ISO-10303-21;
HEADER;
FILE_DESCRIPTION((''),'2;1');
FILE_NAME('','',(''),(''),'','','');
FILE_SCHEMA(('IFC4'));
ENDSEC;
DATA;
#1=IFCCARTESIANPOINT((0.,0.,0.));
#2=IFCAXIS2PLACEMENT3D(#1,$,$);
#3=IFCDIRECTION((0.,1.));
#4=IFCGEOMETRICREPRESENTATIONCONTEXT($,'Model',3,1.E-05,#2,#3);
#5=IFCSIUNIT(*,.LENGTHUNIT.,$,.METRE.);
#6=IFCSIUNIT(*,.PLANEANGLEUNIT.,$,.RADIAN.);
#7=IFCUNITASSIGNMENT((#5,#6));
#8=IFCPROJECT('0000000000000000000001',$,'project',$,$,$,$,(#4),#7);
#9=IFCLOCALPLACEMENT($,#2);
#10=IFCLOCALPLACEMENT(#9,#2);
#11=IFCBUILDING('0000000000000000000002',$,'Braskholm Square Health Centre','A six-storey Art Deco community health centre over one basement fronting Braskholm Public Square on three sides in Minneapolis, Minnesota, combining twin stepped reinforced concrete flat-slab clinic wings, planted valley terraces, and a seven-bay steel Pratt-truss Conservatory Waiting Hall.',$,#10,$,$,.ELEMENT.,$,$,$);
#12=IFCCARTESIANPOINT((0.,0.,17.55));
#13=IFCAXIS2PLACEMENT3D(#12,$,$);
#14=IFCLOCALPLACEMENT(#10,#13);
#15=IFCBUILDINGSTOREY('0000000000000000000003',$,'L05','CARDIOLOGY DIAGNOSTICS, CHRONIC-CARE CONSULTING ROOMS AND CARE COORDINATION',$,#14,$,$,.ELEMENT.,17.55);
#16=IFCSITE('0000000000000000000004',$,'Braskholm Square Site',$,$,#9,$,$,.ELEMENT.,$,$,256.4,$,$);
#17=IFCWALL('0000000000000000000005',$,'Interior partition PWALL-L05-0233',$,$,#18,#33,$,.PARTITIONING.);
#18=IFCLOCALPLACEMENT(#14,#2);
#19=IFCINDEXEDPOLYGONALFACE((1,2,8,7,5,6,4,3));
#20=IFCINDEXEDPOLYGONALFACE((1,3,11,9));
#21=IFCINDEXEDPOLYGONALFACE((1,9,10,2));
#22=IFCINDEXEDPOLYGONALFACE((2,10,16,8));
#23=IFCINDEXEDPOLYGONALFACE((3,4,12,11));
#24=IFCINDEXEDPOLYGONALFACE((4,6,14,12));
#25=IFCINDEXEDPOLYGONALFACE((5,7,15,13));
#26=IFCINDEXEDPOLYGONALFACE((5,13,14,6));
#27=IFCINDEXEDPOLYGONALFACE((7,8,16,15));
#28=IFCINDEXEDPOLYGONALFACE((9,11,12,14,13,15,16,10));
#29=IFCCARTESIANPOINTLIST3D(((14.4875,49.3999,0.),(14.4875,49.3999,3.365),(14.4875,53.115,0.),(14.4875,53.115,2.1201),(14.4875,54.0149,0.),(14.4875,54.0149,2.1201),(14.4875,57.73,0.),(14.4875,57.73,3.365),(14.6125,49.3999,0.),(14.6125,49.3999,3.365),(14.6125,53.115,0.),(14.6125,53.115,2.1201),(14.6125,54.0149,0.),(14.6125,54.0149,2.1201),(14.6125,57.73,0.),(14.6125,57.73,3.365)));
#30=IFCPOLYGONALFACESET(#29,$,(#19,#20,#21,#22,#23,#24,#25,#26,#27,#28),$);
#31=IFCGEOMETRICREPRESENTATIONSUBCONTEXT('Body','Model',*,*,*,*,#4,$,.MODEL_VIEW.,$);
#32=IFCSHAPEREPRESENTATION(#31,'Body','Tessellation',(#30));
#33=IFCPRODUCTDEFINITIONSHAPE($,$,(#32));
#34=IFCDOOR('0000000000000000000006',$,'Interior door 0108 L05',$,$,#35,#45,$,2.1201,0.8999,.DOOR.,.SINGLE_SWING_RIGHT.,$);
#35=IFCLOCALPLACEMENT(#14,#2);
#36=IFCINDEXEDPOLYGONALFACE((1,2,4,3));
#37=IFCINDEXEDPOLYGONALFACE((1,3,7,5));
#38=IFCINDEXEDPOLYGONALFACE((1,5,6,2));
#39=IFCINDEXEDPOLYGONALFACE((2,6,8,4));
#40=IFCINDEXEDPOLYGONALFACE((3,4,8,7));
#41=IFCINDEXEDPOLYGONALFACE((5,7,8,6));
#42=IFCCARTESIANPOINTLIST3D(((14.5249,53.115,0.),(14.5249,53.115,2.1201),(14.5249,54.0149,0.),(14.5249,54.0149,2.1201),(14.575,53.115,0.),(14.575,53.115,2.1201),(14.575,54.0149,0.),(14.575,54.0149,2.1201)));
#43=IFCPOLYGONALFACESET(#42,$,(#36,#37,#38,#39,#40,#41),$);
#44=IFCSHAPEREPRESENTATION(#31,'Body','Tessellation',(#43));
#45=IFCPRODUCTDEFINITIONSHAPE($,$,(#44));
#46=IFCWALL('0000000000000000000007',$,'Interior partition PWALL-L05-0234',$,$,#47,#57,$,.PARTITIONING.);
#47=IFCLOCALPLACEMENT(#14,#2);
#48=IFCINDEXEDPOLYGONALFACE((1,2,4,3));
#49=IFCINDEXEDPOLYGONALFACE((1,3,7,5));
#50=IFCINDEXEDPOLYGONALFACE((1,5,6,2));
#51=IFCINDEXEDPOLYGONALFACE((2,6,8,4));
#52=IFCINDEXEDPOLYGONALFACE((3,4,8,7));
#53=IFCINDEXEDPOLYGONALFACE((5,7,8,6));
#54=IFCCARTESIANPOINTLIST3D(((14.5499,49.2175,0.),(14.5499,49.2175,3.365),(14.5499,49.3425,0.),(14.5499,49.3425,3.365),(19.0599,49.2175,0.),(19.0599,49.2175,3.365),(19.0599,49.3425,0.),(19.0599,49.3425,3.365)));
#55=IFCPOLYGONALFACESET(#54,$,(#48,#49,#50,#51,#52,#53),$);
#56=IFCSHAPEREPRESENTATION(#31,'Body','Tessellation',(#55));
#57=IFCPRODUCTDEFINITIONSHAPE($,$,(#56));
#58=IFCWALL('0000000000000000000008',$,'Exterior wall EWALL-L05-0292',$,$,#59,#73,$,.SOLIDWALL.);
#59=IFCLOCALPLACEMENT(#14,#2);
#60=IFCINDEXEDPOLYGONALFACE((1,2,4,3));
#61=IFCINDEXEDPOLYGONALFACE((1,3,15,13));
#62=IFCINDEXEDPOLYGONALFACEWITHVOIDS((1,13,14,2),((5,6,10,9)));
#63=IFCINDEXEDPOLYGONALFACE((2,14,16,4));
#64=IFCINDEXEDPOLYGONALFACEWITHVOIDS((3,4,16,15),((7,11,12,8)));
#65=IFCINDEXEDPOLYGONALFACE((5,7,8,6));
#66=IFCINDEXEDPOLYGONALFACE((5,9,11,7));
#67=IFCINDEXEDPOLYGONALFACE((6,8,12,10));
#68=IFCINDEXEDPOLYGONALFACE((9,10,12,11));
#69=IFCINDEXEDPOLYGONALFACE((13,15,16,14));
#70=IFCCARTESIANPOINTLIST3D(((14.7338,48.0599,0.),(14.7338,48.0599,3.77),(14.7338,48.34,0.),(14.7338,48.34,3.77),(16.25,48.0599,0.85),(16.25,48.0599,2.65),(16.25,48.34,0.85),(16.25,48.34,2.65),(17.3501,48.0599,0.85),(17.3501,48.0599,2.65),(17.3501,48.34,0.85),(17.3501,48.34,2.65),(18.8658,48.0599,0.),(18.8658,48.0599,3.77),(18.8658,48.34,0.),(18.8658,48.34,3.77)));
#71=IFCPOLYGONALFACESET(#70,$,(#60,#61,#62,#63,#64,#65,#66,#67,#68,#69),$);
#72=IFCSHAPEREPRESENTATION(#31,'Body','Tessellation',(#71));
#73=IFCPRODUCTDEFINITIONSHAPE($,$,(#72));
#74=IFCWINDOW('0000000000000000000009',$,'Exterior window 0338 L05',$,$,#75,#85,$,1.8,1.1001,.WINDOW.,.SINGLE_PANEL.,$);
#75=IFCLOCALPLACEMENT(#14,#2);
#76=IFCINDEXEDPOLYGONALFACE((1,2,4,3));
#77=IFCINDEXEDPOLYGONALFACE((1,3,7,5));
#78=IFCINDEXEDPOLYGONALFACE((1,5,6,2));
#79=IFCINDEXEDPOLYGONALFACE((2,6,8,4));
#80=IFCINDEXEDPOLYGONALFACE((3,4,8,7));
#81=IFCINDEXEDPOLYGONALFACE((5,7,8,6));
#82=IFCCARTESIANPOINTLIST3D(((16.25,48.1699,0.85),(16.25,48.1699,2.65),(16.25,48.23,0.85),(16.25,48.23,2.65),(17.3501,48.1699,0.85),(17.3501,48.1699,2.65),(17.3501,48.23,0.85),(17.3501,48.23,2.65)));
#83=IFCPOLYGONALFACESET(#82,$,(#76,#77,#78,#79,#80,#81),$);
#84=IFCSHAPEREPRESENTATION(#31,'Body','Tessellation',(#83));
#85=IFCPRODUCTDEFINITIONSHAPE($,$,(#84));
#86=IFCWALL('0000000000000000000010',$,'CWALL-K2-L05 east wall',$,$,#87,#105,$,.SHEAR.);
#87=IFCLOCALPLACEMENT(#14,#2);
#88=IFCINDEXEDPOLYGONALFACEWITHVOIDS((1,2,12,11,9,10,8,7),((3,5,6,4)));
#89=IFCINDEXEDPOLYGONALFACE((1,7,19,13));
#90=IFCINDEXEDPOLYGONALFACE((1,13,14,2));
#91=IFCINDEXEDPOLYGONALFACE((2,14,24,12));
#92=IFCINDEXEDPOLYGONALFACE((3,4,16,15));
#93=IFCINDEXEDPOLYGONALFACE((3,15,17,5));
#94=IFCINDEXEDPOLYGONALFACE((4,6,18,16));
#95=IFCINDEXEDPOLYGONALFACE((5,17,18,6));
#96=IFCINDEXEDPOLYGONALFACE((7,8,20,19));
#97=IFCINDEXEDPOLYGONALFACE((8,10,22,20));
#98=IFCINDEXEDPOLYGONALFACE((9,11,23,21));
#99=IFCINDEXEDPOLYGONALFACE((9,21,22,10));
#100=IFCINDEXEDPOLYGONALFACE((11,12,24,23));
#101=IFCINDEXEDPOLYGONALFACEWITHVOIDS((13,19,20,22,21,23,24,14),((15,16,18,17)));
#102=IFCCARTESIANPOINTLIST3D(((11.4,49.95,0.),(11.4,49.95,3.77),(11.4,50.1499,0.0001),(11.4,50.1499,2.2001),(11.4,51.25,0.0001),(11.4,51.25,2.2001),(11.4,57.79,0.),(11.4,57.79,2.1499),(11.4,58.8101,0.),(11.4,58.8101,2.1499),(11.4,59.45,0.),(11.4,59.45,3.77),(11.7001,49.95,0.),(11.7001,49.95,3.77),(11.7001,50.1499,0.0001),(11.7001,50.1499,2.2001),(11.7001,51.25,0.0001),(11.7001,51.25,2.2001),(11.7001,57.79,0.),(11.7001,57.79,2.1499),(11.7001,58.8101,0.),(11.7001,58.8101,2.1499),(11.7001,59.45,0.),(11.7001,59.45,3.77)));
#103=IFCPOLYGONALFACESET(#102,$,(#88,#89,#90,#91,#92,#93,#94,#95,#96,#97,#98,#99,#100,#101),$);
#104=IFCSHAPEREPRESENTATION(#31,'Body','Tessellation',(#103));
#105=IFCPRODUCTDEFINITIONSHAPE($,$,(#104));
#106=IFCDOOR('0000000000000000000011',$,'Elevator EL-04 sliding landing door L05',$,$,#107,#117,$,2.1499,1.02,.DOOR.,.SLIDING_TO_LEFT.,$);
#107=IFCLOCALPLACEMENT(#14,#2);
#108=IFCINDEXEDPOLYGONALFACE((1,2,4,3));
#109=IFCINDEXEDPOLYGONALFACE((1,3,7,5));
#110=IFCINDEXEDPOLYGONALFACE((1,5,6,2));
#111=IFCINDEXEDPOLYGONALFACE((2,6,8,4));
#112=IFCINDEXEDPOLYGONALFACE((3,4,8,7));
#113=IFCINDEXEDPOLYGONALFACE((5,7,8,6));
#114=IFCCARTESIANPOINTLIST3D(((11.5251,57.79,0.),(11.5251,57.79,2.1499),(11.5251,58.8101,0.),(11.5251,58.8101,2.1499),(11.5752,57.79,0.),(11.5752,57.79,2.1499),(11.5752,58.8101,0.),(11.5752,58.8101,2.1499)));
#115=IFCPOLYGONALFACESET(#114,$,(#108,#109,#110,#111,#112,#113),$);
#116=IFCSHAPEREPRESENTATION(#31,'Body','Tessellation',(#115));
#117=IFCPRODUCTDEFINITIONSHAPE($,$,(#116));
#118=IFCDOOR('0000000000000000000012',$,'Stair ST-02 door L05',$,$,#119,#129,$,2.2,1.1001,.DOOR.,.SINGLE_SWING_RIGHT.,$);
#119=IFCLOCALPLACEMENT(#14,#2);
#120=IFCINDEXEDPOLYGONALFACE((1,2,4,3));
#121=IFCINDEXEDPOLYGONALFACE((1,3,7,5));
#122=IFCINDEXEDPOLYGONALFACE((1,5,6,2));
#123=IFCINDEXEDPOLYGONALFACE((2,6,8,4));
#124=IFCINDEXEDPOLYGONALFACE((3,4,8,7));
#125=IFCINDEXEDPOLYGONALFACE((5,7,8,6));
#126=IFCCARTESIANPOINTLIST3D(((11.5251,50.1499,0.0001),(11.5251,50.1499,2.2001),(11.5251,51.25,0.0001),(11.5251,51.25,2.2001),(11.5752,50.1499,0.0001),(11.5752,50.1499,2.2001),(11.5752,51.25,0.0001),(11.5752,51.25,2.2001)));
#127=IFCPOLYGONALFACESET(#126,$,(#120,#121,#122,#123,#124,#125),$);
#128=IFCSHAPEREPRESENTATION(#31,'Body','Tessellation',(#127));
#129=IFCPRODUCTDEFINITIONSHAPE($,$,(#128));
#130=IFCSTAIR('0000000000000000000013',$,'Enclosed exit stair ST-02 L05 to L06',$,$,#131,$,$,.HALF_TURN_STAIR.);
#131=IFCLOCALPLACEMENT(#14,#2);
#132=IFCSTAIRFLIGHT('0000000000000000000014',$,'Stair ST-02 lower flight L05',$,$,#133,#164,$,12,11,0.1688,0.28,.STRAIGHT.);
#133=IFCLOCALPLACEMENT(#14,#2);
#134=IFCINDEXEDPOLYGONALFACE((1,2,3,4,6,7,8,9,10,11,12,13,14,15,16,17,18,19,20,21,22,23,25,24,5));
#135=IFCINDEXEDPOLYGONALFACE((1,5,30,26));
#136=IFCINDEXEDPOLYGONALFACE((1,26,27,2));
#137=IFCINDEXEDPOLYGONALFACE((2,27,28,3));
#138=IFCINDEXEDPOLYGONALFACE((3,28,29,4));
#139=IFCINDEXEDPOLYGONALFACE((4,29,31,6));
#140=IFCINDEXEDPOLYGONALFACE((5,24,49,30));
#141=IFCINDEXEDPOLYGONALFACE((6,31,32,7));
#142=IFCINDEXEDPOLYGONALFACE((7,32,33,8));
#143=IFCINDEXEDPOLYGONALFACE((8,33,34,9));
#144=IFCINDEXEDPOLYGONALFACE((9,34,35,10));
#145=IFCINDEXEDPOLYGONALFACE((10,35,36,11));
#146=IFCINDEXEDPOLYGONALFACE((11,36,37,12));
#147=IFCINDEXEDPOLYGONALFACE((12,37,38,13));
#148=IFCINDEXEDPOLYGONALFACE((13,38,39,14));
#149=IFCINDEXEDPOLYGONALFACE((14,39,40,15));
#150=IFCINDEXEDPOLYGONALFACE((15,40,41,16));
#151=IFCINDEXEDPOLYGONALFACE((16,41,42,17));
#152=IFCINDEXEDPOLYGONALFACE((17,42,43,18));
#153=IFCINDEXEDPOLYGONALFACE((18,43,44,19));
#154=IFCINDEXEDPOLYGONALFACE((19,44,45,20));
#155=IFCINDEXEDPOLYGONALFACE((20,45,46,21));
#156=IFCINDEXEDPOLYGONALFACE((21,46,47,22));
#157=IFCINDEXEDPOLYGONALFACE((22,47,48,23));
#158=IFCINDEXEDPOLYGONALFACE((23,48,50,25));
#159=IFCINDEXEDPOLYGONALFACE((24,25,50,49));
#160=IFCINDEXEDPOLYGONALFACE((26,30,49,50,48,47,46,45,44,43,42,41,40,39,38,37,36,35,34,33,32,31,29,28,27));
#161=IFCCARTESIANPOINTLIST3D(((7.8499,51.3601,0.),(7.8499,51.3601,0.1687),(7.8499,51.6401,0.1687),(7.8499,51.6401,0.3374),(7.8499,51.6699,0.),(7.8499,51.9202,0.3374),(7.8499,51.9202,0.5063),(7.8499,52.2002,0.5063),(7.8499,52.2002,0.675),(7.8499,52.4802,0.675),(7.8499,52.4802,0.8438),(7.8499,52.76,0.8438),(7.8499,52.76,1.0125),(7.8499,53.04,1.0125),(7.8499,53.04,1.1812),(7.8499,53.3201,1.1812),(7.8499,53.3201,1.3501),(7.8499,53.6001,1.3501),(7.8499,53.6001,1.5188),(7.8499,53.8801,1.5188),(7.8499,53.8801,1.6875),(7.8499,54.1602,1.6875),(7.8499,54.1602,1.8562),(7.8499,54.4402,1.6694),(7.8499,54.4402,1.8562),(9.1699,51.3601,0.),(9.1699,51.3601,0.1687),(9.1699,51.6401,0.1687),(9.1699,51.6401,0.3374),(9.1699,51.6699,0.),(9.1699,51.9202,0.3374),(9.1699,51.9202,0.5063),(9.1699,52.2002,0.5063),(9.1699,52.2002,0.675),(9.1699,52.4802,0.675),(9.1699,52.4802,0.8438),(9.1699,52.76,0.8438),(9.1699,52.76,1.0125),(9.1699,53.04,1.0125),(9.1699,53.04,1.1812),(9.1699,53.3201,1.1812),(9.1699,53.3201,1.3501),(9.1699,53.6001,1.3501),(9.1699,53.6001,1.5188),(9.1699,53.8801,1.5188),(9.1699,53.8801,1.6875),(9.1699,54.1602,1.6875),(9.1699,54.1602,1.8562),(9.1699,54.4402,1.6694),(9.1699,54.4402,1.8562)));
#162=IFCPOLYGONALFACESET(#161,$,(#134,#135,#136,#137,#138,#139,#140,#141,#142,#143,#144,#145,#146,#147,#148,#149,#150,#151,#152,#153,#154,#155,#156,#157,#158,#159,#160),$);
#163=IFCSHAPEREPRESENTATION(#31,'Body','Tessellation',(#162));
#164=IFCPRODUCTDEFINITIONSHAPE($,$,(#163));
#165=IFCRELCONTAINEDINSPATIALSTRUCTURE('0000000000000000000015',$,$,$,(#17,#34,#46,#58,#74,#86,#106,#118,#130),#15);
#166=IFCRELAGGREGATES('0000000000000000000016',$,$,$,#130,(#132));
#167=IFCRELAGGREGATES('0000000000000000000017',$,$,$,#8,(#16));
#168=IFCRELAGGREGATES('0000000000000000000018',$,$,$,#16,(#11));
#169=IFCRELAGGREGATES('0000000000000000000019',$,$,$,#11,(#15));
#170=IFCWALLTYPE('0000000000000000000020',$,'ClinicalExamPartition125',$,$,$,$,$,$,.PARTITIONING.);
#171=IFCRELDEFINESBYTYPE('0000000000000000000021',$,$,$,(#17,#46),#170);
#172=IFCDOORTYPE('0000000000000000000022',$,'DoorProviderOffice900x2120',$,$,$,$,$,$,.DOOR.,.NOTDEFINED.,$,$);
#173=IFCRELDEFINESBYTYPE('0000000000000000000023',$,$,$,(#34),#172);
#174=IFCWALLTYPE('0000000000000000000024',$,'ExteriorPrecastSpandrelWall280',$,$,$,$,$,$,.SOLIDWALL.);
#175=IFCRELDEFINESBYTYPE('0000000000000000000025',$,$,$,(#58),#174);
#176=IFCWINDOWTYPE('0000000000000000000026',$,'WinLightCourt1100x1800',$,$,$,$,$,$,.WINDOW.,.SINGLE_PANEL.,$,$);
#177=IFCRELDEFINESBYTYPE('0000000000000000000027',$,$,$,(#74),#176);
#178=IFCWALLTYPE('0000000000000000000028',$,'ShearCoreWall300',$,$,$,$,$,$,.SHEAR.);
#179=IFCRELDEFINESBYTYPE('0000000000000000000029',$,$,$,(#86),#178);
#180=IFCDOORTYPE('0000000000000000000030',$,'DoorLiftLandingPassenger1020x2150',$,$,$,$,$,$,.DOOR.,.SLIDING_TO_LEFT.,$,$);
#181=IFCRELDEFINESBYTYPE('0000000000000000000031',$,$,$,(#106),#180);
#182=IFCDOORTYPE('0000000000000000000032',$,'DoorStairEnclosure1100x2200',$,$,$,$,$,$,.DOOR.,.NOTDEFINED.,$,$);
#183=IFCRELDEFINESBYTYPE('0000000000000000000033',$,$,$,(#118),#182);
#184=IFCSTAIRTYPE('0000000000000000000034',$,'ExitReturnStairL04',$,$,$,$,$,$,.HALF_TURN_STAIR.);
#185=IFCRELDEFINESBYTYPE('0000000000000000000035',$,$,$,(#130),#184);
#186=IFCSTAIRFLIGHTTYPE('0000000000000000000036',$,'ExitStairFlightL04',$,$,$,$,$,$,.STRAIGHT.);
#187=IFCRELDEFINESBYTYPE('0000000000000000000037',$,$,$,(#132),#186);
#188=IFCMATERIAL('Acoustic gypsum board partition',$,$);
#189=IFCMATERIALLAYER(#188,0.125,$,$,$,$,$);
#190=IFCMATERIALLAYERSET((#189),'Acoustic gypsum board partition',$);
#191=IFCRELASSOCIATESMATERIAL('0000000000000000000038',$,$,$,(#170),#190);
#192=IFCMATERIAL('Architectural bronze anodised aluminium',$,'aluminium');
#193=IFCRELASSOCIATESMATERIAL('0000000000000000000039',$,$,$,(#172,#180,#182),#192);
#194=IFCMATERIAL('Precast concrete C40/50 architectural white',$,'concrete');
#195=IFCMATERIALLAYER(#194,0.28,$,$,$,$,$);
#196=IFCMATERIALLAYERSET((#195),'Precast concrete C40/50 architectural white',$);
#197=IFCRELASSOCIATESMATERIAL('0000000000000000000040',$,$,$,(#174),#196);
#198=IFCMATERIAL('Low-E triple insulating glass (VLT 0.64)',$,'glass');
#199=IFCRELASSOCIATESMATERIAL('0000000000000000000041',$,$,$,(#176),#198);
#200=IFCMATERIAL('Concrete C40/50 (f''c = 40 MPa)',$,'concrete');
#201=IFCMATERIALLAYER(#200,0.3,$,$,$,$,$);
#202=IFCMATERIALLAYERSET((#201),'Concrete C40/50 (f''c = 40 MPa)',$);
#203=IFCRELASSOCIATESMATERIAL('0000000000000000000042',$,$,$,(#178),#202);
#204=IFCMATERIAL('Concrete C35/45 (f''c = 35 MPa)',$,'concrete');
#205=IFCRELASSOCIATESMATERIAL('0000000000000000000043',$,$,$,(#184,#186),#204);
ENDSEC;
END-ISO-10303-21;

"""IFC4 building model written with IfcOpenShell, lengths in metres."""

from ifc_helpers import new_model, si_unit, direction, frame, frame_2d, origin, origin_with_axes, place, context, subcontext, project, spatial, polyline, rectangle, outline, extrude, material, layer, layer_set, type_object, element, fill, aggregate, save


model = new_model("IFC4")

# Units and contexts
model_context = context("Model", 3, precision=1e-05, world=origin(), true_north=direction((0.0, 1.0)))
body_context = subcontext(model_context, "Body", "Model", "MODEL_VIEW")
ifc_project = project(units=[si_unit("LENGTHUNIT", "METRE"), si_unit("PLANEANGLEUNIT", "RADIAN")], contexts=[model_context])

# Site, building, storey
site_placement = place(None, origin())
site = spatial("IfcSite", under=ifc_project, at=site_placement, Name="Braskholm Square Site", CompositionType="ELEMENT", RefElevation=256.4)
building_placement = place(site_placement, origin())
building = spatial("IfcBuilding", under=site, at=building_placement, Name="Braskholm Square Health Centre", Description="A six-storey Art Deco community health centre over one basement fronting Braskholm Public Square on three sides in Minneapolis, Minnesota, combining twin stepped reinforced concrete flat-slab clinic wings, planted valley terraces, and a seven-bay steel Pratt-truss Conservatory Waiting Hall.", CompositionType="ELEMENT")
storey_placement = place(building_placement, frame((0.0, 0.0, 17.55)))
storey = spatial("IfcBuildingStorey", under=building, at=storey_placement, Name="L05", Description="CARDIOLOGY DIAGNOSTICS, CHRONIC-CARE CONSULTING ROOMS AND CARE COORDINATION", CompositionType="ELEMENT", Elevation=17.55)

# Shared definitions
ifc_material_1 = material(Name="Concrete C40/50 (f'c = 40 MPa)", Category="concrete")

# Shared definitions
ifc_material_2 = material(Name="Low-E triple insulating glass (VLT 0.64)", Category="glass")
ifc_material_3 = material(Name="Architectural bronze anodised aluminium", Category="aluminium")

# Shared definitions
ifc_material_4 = material(Name="Concrete C35/45 (f'c = 35 MPa)", Category="concrete")

# Wall, opening, door
ifc_material_5 = material(Name="Acoustic gypsum board partition")
ifc_layer_1 = layer(ifc_material_5, 0.125)
ifc_layer_set_1 = layer_set([ifc_layer_1], Name="Acoustic gypsum board partition")
wall_type_1 = type_object("IfcWallType", Name="ClinicalExamPartition125", PredefinedType="PARTITIONING", material=ifc_layer_set_1)
wall_1_placement = place(storey_placement, frame((14.55, 49.3999, 0.0), z_axis=(0.0, 0.0, 1.0), x_axis=(0.0, 1.0, 0.0)))
wall_1 = element("IfcWall", 1, at=wall_1_placement, inside=storey, type_object=wall_type_1, Name="Interior partition PWALL-L05-0233", PredefinedType="PARTITIONING", context=body_context, shape_type="SweptSolid", body=[
    extrude(rectangle(XDim=8.3301, YDim=0.125, at=frame_2d((4.165, 0.0))), origin(), (0.0, 0.0, 1.0), 3.365),
])
opening_1_placement = place(wall_1_placement, frame((3.7151, 0.0, 0.0)))
opening_1 = element("IfcOpeningElement", 2, at=opening_1_placement, cuts=wall_1, PredefinedType="OPENING", context=body_context, shape_type="SweptSolid", body=[
    extrude(rectangle(XDim=0.8999, YDim=2.1201, at=frame_2d((0.45, 1.0601))), frame((0.0, 0.0725, 0.0), z_axis=(0.0, -1.0, 0.0), x_axis=(1.0, 0.0, 0.0)), (0.0, 0.0, 1.0), 0.145),
])
door_type_1 = type_object("IfcDoorType", Name="DoorProviderOffice900x2120", OperationType="NOTDEFINED", PredefinedType="DOOR", material=ifc_material_3)
door_1_placement = place(opening_1_placement, frame((0.8999, 0.0, 0.0), z_axis=(0.0, 0.0, 1.0), x_axis=(-1.0, 0.0, 0.0)))
door_1 = element("IfcDoor", 3, at=door_1_placement, inside=storey, type_object=door_type_1, Name="Interior door 0108 L05", OperationType="SINGLE_SWING_RIGHT", OverallHeight=2.1201, OverallWidth=0.8999, PredefinedType="DOOR", context=body_context, shape_type="SweptSolid", body=[
    extrude(rectangle(XDim=0.8999, YDim=2.1201, at=frame_2d((0.45, 1.0601))), frame((0.0, 0.0249, 0.0), z_axis=(0.0, -1.0, 0.0), x_axis=(1.0, 0.0, 0.0)), (0.0, 0.0, 1.0), 0.05),
])
fill(opening_1, door_1)

# Wall
wall_2_placement = place(storey_placement, frame((14.55, 49.28, 0.0), z_axis=(0.0, 0.0, 1.0), x_axis=(1.0, 0.0, 0.0)))
element("IfcWall", 4, at=wall_2_placement, inside=storey, type_object=wall_type_1, Name="Interior partition PWALL-L05-0234", PredefinedType="PARTITIONING", context=body_context, shape_type="SweptSolid", body=[
    extrude(rectangle(XDim=4.51, YDim=0.125, at=frame_2d((2.2549, 0.0))), origin(), (0.0, 0.0, 1.0), 3.365),
])

# Wall, opening, window
ifc_material_6 = material(Name="Precast concrete C40/50 architectural white", Category="concrete")
ifc_layer_2 = layer(ifc_material_6, 0.28)
ifc_layer_set_2 = layer_set([ifc_layer_2], Name="Precast concrete C40/50 architectural white")
wall_type_2 = type_object("IfcWallType", Name="ExteriorPrecastSpandrelWall280", PredefinedType="SOLIDWALL", material=ifc_layer_set_2)
wall_3_placement = place(storey_placement, frame((14.7339, 48.2, 0.0), z_axis=(0.0, 0.0, 1.0), x_axis=(1.0, 0.0, 0.0)))
wall_3 = element("IfcWall", 5, at=wall_3_placement, inside=storey, type_object=wall_type_2, Name="Exterior wall EWALL-L05-0292", PredefinedType="SOLIDWALL", context=body_context, shape_type="SweptSolid", body=[
    extrude(rectangle(XDim=4.1321, YDim=0.28, at=frame_2d((2.0659, 0.0))), origin(), (0.0, 0.0, 1.0), 3.77),
])
opening_2_placement = place(wall_3_placement, frame((1.5161, 0.0, 0.8501)))
opening_2 = element("IfcOpeningElement", 6, at=opening_2_placement, cuts=wall_3, PredefinedType="OPENING", context=body_context, shape_type="SweptSolid", body=[
    extrude(rectangle(XDim=1.1001, YDim=1.8, at=frame_2d((0.55, 0.8999))), frame((0.0, 0.1499, 0.0), z_axis=(0.0, -1.0, 0.0), x_axis=(1.0, 0.0, 0.0)), (0.0, 0.0, 1.0), 0.3),
])
window_type = type_object("IfcWindowType", Name="WinLightCourt1100x1800", PartitioningType="SINGLE_PANEL", PredefinedType="WINDOW", material=ifc_material_2)
window_placement = place(opening_2_placement, origin_with_axes())
window = element("IfcWindow", 7, at=window_placement, inside=storey, type_object=window_type, Name="Exterior window 0338 L05", OverallHeight=1.8, OverallWidth=1.1001, PartitioningType="SINGLE_PANEL", PredefinedType="WINDOW", context=body_context, shape_type="SweptSolid", body=[
    extrude(rectangle(XDim=1.1001, YDim=1.8, at=frame_2d((0.55, 0.8999))), frame((0.0, 0.03, 0.0), z_axis=(0.0, -1.0, 0.0), x_axis=(1.0, 0.0, 0.0)), (0.0, 0.0, 1.0), 0.0601),
])
fill(opening_2, window)

# Wall, openings, doors
ifc_layer_3 = layer(ifc_material_1, 0.3)
ifc_layer_set_3 = layer_set([ifc_layer_3], Name="Concrete C40/50 (f'c = 40 MPa)")
wall_type_3 = type_object("IfcWallType", Name="ShearCoreWall300", PredefinedType="SHEAR", material=ifc_layer_set_3)
wall_4_placement = place(storey_placement, frame((11.55, 49.95, 0.0), z_axis=(0.0, 0.0, 1.0), x_axis=(0.0, 1.0, 0.0)))
wall_4 = element("IfcWall", 8, at=wall_4_placement, inside=storey, type_object=wall_type_3, Name="CWALL-K2-L05 east wall", PredefinedType="SHEAR", context=body_context, shape_type="SweptSolid", body=[
    extrude(rectangle(XDim=9.5, YDim=0.3, at=frame_2d((4.75, 0.0))), origin(), (0.0, 0.0, 1.0), 3.77),
])
opening_3_placement = place(wall_4_placement, frame((0.2, 0.0, 0.0)))
opening_3 = element("IfcOpeningElement", 9, at=opening_3_placement, cuts=wall_4, PredefinedType="OPENING", context=body_context, shape_type="SweptSolid", body=[
    extrude(rectangle(XDim=1.1001, YDim=2.2, at=frame_2d((0.55, 1.1001))), frame((0.0, 0.1602, 0.0), z_axis=(0.0, -1.0, 0.0), x_axis=(1.0, 0.0, 0.0)), (0.0, 0.0, 1.0), 0.3201),
])
opening_4_placement = place(wall_4_placement, frame((7.8401, 0.0, 0.0)))
opening_4 = element("IfcOpeningElement", 10, at=opening_4_placement, cuts=wall_4, PredefinedType="OPENING", context=body_context, shape_type="SweptSolid", body=[
    extrude(rectangle(XDim=1.02, YDim=2.1499, at=frame_2d((0.51, 1.075))), frame((0.0, 0.1602, 0.0), z_axis=(0.0, -1.0, 0.0), x_axis=(1.0, 0.0, 0.0)), (0.0, 0.0, 1.0), 0.3201),
])
door_type_2 = type_object("IfcDoorType", Name="DoorLiftLandingPassenger1020x2150", OperationType="SLIDING_TO_LEFT", PredefinedType="DOOR", material=ifc_material_3)
door_2_placement = place(opening_4_placement, origin_with_axes())
door_2 = element("IfcDoor", 11, at=door_2_placement, inside=storey, type_object=door_type_2, Name="Elevator EL-04 sliding landing door L05", OperationType="SLIDING_TO_LEFT", OverallHeight=2.1499, OverallWidth=1.02, PredefinedType="DOOR", context=body_context, shape_type="SweptSolid", body=[
    extrude(rectangle(XDim=1.02, YDim=2.1499, at=frame_2d((0.51, 1.075))), frame((0.0, 0.0249, 0.0), z_axis=(0.0, -1.0, 0.0), x_axis=(1.0, 0.0, 0.0)), (0.0, 0.0, 1.0), 0.05),
])
fill(opening_4, door_2)
door_type_3 = type_object("IfcDoorType", Name="DoorStairEnclosure1100x2200", OperationType="NOTDEFINED", PredefinedType="DOOR", material=ifc_material_3)
door_3_placement = place(opening_3_placement, origin_with_axes())
door_3 = element("IfcDoor", 12, at=door_3_placement, inside=storey, type_object=door_type_3, Name="Stair ST-02 door L05", OperationType="SINGLE_SWING_RIGHT", OverallHeight=2.2, OverallWidth=1.1001, PredefinedType="DOOR", context=body_context, shape_type="SweptSolid", body=[
    extrude(rectangle(XDim=1.1001, YDim=2.2, at=frame_2d((0.55, 1.1001))), frame((0.0, 0.0249, 0.0), z_axis=(0.0, -1.0, 0.0), x_axis=(1.0, 0.0, 0.0)), (0.0, 0.0, 1.0), 0.05),
])
fill(opening_3, door_3)

# Stair, stair flight
stair_type = type_object("IfcStairType", Name="ExitReturnStairL04", PredefinedType="HALF_TURN_STAIR", material=ifc_material_4)
stair_placement = place(storey_placement, origin())
stair = element("IfcStair", 13, at=stair_placement, inside=storey, type_object=stair_type, Name="Enclosed exit stair ST-02 L05 to L06", PredefinedType="HALF_TURN_STAIR")
stair_flight_type = type_object("IfcStairFlightType", Name="ExitStairFlightL04", PredefinedType="STRAIGHT", material=ifc_material_4)
stair_flight_placement = place(storey_placement, frame((8.51, 51.3601, 0.0), z_axis=(0.0, 0.0, 1.0), x_axis=(0.0, 1.0, 0.0)))
stair_flight = element("IfcStairFlight", 14, at=stair_flight_placement, type_object=stair_flight_type, Name="Stair ST-02 lower flight L05", NumberOfRisers=12, NumberOfTreads=11, PredefinedType="STRAIGHT", RiserHeight=0.1688, TreadLength=0.28, context=body_context, shape_type="SweptSolid", body=[
    extrude(outline(polyline([(0.0, 0.0), (0.0, 0.1687), (0.28, 0.1687), (0.28, 0.3374), (0.5601, 0.3374), (0.5601, 0.5063), (0.8401, 0.5063), (0.8401, 0.675), (1.1201, 0.675), (1.1201, 0.8438), (1.3999, 0.8438), (1.3999, 1.0125), (1.6799, 1.0125), (1.6799, 1.1812), (1.96, 1.1812), (1.96, 1.3501), (2.24, 1.3501), (2.24, 1.5188), (2.52, 1.5188), (2.52, 1.6875), (2.8, 1.6875), (2.8, 1.8562), (3.0801, 1.8562), (3.0801, 2.0249), (3.0801, 1.6694), (0.3098, 0.0), (0.0, 0.0)])), frame((0.0, 0.6602, 0.0), z_axis=(0.0, -1.0, 0.0), x_axis=(1.0, 0.0, 0.0)), (0.0, 0.0, 1.0), 1.3201),
])
aggregate(stair, [stair_flight])

save(model, "model.ifc")
